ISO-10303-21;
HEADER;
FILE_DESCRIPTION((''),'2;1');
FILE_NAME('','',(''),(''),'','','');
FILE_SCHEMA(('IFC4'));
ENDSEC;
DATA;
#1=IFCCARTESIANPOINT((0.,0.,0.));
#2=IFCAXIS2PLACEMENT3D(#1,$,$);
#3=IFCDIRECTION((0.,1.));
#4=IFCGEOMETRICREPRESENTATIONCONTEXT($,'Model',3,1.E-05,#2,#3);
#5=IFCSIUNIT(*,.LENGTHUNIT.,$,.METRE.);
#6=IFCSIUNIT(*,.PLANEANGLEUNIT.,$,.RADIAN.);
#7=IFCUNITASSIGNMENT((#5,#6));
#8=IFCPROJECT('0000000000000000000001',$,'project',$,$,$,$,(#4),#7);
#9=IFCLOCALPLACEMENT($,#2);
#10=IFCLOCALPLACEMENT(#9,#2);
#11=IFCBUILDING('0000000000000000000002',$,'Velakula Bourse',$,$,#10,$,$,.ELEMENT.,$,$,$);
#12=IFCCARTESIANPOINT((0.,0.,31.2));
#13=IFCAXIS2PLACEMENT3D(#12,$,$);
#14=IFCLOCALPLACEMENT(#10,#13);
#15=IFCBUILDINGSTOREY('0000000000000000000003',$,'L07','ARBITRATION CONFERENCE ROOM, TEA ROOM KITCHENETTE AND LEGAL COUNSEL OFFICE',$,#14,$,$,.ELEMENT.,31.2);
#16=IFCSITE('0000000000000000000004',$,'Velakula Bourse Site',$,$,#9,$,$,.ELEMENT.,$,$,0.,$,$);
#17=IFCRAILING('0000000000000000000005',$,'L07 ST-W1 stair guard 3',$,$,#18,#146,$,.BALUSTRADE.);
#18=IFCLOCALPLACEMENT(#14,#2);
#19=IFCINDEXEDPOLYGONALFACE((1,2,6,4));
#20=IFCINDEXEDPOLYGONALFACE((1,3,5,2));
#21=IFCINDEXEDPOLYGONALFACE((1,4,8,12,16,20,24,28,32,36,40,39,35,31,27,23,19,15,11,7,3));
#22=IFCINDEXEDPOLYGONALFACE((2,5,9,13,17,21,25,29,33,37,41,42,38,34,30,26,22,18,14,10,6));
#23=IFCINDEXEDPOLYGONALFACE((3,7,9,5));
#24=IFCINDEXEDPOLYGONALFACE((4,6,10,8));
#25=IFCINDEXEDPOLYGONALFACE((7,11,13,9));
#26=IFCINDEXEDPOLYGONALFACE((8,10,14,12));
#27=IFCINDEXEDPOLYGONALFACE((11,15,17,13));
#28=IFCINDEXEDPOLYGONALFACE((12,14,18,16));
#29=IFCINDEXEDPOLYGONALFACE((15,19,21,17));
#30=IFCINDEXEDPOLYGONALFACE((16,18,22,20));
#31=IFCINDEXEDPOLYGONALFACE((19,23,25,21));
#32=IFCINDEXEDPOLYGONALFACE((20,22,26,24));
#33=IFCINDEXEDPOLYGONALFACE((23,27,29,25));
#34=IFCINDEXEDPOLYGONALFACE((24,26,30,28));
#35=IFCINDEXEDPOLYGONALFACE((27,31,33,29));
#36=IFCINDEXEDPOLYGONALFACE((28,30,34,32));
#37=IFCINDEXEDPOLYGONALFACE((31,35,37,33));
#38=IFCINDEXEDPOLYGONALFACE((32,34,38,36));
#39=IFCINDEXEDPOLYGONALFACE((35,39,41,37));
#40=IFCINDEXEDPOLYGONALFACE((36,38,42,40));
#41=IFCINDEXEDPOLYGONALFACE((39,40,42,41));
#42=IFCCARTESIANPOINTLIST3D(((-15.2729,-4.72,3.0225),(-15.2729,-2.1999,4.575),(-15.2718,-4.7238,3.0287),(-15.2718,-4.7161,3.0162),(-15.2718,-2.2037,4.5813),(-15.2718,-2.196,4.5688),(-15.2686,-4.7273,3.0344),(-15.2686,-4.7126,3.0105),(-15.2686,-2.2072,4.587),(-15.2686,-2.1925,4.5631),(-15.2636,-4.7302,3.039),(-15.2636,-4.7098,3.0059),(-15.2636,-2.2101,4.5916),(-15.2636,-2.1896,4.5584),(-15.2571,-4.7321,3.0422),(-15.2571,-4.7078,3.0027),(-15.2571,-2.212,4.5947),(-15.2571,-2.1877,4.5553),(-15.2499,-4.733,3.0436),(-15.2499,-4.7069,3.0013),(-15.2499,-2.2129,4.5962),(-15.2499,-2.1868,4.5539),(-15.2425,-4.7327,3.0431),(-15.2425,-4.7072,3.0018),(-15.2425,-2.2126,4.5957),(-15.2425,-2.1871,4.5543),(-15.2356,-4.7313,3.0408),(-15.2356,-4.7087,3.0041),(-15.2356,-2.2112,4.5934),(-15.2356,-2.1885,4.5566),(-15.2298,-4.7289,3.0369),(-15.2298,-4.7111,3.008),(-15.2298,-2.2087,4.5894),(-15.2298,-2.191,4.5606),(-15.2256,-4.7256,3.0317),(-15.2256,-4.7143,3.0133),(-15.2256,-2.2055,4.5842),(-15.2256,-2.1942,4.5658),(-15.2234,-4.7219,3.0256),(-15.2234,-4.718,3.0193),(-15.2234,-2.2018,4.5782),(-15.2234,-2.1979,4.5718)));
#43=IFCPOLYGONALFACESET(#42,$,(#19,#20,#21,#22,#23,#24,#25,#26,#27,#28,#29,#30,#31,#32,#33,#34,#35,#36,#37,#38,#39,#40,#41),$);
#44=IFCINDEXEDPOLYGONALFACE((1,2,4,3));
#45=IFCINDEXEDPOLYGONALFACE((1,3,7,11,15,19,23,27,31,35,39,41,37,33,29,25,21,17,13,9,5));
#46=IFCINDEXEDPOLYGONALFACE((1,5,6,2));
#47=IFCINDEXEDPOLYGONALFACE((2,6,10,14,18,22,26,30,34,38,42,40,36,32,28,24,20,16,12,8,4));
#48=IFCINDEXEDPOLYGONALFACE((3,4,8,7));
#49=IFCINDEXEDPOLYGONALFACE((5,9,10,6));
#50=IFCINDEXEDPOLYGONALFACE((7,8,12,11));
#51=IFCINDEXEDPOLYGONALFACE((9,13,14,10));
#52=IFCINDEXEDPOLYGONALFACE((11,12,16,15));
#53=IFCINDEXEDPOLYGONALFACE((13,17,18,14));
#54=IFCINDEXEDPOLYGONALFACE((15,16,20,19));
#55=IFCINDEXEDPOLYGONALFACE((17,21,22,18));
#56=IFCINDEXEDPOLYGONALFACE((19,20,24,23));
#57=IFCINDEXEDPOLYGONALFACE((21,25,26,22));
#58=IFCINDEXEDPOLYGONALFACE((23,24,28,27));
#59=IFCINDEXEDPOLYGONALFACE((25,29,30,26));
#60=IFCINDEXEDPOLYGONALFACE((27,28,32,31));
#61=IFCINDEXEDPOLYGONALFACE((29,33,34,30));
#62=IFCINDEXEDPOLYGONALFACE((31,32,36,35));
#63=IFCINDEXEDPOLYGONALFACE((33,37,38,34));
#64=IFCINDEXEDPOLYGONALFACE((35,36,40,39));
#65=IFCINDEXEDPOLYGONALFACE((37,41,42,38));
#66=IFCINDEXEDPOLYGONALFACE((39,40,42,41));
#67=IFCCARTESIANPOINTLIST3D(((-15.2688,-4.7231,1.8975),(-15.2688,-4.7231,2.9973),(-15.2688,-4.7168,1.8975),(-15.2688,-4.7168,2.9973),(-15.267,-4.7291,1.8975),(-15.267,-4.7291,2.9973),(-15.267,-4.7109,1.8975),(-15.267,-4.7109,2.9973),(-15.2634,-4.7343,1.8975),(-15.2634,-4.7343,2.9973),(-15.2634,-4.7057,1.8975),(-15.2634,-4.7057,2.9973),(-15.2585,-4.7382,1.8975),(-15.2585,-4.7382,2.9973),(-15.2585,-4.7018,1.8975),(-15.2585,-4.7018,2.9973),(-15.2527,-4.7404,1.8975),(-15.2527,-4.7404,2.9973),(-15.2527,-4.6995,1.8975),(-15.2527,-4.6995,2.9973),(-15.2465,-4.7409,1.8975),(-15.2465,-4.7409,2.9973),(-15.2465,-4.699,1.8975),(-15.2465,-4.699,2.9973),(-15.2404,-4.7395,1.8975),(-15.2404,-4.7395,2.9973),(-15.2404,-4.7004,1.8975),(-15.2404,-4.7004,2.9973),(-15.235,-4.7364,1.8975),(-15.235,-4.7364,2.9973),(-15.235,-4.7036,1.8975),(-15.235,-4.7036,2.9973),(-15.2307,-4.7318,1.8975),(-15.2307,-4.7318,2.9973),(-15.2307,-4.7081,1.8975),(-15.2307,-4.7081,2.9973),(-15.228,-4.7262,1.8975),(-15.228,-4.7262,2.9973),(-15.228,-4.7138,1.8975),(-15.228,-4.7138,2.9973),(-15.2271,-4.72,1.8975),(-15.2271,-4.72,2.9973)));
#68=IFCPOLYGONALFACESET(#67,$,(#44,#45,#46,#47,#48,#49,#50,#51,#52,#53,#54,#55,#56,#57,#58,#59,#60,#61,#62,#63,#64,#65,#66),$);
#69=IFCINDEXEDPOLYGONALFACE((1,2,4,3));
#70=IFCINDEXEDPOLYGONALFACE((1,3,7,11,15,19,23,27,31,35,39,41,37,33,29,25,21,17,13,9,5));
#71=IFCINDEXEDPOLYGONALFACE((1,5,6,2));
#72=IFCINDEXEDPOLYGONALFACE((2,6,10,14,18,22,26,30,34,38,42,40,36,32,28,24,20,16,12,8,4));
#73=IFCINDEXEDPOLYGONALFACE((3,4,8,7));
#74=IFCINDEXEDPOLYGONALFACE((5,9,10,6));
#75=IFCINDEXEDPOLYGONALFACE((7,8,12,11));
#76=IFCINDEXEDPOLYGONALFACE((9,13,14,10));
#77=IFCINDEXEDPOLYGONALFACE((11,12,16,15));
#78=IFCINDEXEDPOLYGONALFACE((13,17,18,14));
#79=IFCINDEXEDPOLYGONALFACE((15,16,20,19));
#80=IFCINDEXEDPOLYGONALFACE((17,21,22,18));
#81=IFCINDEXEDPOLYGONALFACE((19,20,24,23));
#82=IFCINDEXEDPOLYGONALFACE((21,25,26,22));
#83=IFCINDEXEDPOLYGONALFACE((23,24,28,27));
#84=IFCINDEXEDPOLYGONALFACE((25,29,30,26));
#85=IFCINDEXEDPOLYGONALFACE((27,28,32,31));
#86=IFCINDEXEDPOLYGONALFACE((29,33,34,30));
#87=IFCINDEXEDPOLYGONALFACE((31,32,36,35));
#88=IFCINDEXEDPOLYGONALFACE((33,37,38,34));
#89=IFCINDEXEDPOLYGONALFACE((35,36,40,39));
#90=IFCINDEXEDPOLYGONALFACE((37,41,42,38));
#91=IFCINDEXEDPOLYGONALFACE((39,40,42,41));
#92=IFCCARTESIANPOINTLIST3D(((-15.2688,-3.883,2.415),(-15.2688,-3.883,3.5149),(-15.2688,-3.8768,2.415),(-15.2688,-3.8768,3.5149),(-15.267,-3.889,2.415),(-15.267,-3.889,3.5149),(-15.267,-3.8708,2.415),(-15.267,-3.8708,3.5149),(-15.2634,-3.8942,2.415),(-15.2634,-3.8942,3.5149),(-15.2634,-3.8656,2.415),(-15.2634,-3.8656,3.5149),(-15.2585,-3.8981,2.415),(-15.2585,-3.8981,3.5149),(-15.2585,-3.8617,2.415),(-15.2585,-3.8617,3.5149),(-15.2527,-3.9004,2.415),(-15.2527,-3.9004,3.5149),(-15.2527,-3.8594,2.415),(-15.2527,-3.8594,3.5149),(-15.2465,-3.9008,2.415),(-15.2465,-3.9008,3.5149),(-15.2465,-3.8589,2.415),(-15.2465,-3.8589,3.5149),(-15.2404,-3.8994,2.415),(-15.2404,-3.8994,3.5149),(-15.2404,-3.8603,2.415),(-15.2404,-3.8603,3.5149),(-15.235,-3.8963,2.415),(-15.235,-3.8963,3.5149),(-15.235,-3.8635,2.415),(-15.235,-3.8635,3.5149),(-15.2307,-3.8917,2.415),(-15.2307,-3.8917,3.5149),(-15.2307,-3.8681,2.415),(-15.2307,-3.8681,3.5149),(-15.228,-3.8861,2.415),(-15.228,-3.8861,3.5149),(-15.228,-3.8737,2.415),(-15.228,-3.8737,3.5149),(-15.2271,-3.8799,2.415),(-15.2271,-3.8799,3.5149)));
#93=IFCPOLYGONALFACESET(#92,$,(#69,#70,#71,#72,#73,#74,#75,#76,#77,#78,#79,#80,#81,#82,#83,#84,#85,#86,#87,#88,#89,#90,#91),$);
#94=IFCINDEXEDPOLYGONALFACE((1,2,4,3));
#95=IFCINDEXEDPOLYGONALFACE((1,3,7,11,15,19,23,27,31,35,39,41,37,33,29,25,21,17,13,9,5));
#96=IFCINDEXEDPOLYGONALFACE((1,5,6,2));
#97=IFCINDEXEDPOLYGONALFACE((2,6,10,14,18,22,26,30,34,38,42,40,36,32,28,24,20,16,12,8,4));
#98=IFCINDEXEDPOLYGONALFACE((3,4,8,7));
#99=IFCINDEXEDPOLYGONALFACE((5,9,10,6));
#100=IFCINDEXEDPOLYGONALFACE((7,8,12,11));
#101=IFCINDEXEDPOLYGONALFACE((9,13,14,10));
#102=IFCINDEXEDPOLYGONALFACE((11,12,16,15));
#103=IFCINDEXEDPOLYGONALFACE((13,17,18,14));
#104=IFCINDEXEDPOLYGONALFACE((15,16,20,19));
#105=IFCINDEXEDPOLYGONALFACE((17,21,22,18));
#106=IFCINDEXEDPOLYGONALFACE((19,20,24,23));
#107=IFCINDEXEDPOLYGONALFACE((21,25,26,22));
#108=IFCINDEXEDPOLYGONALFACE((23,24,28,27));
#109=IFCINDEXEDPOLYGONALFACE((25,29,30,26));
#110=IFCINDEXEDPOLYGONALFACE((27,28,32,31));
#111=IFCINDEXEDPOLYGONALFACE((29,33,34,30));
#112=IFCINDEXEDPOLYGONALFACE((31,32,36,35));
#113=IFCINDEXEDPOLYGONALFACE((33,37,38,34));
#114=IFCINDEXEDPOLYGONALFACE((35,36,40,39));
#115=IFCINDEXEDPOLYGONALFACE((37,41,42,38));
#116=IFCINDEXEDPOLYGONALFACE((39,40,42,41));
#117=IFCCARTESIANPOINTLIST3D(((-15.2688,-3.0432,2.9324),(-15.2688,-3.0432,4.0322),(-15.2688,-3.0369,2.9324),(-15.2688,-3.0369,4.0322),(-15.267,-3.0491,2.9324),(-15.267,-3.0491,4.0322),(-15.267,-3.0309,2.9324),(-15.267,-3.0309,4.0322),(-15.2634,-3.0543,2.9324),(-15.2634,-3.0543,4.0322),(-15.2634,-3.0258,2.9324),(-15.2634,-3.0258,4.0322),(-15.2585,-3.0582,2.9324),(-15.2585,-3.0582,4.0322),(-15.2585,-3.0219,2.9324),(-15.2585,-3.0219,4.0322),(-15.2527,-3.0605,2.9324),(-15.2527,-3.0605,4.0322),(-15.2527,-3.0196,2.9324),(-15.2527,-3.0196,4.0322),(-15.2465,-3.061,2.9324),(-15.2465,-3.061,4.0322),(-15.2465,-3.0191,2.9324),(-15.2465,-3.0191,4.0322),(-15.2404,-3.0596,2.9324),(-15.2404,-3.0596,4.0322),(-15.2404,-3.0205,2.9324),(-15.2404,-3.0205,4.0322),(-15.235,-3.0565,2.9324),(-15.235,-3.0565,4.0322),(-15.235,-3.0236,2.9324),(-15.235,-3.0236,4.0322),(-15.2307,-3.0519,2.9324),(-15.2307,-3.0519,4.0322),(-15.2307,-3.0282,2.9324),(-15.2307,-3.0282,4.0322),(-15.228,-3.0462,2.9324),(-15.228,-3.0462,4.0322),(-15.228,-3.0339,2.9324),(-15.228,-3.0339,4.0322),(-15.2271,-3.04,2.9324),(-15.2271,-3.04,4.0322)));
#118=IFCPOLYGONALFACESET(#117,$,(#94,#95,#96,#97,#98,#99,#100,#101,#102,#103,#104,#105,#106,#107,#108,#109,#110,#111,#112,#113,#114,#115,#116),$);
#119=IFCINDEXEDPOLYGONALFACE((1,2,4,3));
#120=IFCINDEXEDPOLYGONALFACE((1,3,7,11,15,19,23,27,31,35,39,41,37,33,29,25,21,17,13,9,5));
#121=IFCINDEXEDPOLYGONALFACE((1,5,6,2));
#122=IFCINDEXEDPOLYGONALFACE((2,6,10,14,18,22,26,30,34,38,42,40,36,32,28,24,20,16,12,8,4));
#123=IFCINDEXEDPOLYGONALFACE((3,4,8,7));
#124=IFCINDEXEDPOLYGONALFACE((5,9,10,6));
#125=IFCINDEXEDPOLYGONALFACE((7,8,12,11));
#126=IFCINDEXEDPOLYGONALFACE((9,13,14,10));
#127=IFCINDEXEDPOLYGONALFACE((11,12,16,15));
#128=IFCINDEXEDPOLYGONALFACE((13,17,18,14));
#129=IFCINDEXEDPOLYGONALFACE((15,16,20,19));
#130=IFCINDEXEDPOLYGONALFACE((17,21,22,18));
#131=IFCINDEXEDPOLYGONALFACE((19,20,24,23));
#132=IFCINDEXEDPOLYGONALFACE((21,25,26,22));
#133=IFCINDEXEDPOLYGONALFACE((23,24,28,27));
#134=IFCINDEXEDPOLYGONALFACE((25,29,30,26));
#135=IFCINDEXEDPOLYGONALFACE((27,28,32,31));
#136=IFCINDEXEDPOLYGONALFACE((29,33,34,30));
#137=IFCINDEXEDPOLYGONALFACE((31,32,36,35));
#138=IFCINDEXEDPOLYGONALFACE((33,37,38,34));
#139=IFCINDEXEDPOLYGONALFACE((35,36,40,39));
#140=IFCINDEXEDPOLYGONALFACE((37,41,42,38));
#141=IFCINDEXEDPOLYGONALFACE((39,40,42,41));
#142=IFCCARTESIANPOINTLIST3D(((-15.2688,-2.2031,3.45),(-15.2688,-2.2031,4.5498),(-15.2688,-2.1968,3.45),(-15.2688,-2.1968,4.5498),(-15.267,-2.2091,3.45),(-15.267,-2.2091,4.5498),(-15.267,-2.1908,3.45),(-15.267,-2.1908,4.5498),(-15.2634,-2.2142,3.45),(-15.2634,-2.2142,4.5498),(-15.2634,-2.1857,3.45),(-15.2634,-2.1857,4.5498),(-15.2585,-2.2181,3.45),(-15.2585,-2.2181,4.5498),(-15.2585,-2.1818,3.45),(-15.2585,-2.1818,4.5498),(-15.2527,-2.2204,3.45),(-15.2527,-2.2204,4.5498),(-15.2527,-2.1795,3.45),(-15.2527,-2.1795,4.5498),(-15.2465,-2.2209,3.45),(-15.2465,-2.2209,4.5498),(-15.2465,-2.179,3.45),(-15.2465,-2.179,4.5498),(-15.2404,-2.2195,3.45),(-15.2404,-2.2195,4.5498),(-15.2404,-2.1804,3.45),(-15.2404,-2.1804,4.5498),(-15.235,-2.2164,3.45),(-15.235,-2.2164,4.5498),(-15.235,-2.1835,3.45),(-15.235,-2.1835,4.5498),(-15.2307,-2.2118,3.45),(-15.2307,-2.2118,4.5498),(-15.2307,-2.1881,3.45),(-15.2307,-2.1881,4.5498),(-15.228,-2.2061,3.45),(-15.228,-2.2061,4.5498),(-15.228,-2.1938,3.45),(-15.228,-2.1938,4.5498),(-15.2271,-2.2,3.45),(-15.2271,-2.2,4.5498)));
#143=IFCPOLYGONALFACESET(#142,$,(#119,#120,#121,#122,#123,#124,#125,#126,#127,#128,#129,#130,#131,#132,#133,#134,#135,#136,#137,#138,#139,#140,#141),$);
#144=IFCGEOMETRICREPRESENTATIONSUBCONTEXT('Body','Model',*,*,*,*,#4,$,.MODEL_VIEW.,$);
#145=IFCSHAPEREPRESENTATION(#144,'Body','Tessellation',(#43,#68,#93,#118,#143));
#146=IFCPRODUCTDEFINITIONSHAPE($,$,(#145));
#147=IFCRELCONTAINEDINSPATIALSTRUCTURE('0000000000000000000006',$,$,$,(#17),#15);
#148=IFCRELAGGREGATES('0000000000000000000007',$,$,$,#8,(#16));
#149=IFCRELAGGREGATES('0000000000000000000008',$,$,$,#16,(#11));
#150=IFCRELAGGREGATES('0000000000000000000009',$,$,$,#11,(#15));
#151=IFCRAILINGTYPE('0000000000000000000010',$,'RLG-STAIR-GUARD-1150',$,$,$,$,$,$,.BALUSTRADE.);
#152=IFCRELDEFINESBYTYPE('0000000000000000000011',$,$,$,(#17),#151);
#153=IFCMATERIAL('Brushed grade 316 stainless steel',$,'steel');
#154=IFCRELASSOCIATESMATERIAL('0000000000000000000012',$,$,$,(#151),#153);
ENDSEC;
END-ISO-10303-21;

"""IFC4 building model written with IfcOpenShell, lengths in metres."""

from ifc_helpers import new_model, si_unit, direction, frame, origin, origin_2d, place, context, subcontext, project, spatial, circle, extrude, material, type_object, element, save


model = new_model("IFC4")

# Units and contexts
model_context = context("Model", 3, precision=1e-05, world=origin(), true_north=direction((0.0, 1.0)))
body_context = subcontext(model_context, "Body", "Model", "MODEL_VIEW")
ifc_project = project(units=[si_unit("LENGTHUNIT", "METRE"), si_unit("PLANEANGLEUNIT", "RADIAN")], contexts=[model_context])

# Site, building, storey
site_placement = place(None, origin())
site = spatial("IfcSite", under=ifc_project, at=site_placement, Name="Velakula Bourse Site", CompositionType="ELEMENT", RefElevation=0.0)
building_placement = place(site_placement, origin())
building = spatial("IfcBuilding", under=site, at=building_placement, Name="Velakula Bourse", CompositionType="ELEMENT")
storey_placement = place(building_placement, frame((0.0, 0.0, 31.2)))
storey = spatial("IfcBuildingStorey", under=building, at=storey_placement, Name="L07", Description="ARBITRATION CONFERENCE ROOM, TEA ROOM KITCHENETTE AND LEGAL COUNSEL OFFICE", CompositionType="ELEMENT", Elevation=31.2)

# Shared definitions
ifc_material_1 = material(Name="Brushed grade 316 stainless steel", Category="steel")

# Railing
railing_type_1 = type_object("IfcRailingType", Name="RLG-STAIR-GUARD-1150", PredefinedType="BALUSTRADE", material=ifc_material_1)
railing_1_placement = place(storey_placement, frame((-15.248, -4.72, 1.8975)))
element("IfcRailing", 1, at=railing_1_placement, inside=storey, type_object=railing_type_1, Name="L07 ST-W1 stair guard 3", PredefinedType="BALUSTRADE", context=body_context, shape_type="SweptSolid", body=[
    extrude(circle(Radius=0.0249, at=origin_2d()), frame((0.0, 0.0, 1.125), z_axis=(0.0, 0.8514, 0.524516), x_axis=(-1.0, 0.0, 0.0)), (0.0, 0.0, 1.0), 2.96),
    extrude(circle(Radius=0.021, at=origin_2d()), origin(), (0.0, 0.0, 1.0), 1.0999),
    extrude(circle(Radius=0.021, at=origin_2d()), frame((0.0, 0.8401, 0.5176)), (0.0, 0.0, 1.0), 1.0999),
    extrude(circle(Radius=0.021, at=origin_2d()), frame((0.0, 1.6799, 1.0349)), (0.0, 0.0, 1.0), 1.0999),
    extrude(circle(Radius=0.021, at=origin_2d()), frame((0.0, 2.52, 1.5525)), (0.0, 0.0, 1.0), 1.0999),
])

save(model, "model.ifc")
